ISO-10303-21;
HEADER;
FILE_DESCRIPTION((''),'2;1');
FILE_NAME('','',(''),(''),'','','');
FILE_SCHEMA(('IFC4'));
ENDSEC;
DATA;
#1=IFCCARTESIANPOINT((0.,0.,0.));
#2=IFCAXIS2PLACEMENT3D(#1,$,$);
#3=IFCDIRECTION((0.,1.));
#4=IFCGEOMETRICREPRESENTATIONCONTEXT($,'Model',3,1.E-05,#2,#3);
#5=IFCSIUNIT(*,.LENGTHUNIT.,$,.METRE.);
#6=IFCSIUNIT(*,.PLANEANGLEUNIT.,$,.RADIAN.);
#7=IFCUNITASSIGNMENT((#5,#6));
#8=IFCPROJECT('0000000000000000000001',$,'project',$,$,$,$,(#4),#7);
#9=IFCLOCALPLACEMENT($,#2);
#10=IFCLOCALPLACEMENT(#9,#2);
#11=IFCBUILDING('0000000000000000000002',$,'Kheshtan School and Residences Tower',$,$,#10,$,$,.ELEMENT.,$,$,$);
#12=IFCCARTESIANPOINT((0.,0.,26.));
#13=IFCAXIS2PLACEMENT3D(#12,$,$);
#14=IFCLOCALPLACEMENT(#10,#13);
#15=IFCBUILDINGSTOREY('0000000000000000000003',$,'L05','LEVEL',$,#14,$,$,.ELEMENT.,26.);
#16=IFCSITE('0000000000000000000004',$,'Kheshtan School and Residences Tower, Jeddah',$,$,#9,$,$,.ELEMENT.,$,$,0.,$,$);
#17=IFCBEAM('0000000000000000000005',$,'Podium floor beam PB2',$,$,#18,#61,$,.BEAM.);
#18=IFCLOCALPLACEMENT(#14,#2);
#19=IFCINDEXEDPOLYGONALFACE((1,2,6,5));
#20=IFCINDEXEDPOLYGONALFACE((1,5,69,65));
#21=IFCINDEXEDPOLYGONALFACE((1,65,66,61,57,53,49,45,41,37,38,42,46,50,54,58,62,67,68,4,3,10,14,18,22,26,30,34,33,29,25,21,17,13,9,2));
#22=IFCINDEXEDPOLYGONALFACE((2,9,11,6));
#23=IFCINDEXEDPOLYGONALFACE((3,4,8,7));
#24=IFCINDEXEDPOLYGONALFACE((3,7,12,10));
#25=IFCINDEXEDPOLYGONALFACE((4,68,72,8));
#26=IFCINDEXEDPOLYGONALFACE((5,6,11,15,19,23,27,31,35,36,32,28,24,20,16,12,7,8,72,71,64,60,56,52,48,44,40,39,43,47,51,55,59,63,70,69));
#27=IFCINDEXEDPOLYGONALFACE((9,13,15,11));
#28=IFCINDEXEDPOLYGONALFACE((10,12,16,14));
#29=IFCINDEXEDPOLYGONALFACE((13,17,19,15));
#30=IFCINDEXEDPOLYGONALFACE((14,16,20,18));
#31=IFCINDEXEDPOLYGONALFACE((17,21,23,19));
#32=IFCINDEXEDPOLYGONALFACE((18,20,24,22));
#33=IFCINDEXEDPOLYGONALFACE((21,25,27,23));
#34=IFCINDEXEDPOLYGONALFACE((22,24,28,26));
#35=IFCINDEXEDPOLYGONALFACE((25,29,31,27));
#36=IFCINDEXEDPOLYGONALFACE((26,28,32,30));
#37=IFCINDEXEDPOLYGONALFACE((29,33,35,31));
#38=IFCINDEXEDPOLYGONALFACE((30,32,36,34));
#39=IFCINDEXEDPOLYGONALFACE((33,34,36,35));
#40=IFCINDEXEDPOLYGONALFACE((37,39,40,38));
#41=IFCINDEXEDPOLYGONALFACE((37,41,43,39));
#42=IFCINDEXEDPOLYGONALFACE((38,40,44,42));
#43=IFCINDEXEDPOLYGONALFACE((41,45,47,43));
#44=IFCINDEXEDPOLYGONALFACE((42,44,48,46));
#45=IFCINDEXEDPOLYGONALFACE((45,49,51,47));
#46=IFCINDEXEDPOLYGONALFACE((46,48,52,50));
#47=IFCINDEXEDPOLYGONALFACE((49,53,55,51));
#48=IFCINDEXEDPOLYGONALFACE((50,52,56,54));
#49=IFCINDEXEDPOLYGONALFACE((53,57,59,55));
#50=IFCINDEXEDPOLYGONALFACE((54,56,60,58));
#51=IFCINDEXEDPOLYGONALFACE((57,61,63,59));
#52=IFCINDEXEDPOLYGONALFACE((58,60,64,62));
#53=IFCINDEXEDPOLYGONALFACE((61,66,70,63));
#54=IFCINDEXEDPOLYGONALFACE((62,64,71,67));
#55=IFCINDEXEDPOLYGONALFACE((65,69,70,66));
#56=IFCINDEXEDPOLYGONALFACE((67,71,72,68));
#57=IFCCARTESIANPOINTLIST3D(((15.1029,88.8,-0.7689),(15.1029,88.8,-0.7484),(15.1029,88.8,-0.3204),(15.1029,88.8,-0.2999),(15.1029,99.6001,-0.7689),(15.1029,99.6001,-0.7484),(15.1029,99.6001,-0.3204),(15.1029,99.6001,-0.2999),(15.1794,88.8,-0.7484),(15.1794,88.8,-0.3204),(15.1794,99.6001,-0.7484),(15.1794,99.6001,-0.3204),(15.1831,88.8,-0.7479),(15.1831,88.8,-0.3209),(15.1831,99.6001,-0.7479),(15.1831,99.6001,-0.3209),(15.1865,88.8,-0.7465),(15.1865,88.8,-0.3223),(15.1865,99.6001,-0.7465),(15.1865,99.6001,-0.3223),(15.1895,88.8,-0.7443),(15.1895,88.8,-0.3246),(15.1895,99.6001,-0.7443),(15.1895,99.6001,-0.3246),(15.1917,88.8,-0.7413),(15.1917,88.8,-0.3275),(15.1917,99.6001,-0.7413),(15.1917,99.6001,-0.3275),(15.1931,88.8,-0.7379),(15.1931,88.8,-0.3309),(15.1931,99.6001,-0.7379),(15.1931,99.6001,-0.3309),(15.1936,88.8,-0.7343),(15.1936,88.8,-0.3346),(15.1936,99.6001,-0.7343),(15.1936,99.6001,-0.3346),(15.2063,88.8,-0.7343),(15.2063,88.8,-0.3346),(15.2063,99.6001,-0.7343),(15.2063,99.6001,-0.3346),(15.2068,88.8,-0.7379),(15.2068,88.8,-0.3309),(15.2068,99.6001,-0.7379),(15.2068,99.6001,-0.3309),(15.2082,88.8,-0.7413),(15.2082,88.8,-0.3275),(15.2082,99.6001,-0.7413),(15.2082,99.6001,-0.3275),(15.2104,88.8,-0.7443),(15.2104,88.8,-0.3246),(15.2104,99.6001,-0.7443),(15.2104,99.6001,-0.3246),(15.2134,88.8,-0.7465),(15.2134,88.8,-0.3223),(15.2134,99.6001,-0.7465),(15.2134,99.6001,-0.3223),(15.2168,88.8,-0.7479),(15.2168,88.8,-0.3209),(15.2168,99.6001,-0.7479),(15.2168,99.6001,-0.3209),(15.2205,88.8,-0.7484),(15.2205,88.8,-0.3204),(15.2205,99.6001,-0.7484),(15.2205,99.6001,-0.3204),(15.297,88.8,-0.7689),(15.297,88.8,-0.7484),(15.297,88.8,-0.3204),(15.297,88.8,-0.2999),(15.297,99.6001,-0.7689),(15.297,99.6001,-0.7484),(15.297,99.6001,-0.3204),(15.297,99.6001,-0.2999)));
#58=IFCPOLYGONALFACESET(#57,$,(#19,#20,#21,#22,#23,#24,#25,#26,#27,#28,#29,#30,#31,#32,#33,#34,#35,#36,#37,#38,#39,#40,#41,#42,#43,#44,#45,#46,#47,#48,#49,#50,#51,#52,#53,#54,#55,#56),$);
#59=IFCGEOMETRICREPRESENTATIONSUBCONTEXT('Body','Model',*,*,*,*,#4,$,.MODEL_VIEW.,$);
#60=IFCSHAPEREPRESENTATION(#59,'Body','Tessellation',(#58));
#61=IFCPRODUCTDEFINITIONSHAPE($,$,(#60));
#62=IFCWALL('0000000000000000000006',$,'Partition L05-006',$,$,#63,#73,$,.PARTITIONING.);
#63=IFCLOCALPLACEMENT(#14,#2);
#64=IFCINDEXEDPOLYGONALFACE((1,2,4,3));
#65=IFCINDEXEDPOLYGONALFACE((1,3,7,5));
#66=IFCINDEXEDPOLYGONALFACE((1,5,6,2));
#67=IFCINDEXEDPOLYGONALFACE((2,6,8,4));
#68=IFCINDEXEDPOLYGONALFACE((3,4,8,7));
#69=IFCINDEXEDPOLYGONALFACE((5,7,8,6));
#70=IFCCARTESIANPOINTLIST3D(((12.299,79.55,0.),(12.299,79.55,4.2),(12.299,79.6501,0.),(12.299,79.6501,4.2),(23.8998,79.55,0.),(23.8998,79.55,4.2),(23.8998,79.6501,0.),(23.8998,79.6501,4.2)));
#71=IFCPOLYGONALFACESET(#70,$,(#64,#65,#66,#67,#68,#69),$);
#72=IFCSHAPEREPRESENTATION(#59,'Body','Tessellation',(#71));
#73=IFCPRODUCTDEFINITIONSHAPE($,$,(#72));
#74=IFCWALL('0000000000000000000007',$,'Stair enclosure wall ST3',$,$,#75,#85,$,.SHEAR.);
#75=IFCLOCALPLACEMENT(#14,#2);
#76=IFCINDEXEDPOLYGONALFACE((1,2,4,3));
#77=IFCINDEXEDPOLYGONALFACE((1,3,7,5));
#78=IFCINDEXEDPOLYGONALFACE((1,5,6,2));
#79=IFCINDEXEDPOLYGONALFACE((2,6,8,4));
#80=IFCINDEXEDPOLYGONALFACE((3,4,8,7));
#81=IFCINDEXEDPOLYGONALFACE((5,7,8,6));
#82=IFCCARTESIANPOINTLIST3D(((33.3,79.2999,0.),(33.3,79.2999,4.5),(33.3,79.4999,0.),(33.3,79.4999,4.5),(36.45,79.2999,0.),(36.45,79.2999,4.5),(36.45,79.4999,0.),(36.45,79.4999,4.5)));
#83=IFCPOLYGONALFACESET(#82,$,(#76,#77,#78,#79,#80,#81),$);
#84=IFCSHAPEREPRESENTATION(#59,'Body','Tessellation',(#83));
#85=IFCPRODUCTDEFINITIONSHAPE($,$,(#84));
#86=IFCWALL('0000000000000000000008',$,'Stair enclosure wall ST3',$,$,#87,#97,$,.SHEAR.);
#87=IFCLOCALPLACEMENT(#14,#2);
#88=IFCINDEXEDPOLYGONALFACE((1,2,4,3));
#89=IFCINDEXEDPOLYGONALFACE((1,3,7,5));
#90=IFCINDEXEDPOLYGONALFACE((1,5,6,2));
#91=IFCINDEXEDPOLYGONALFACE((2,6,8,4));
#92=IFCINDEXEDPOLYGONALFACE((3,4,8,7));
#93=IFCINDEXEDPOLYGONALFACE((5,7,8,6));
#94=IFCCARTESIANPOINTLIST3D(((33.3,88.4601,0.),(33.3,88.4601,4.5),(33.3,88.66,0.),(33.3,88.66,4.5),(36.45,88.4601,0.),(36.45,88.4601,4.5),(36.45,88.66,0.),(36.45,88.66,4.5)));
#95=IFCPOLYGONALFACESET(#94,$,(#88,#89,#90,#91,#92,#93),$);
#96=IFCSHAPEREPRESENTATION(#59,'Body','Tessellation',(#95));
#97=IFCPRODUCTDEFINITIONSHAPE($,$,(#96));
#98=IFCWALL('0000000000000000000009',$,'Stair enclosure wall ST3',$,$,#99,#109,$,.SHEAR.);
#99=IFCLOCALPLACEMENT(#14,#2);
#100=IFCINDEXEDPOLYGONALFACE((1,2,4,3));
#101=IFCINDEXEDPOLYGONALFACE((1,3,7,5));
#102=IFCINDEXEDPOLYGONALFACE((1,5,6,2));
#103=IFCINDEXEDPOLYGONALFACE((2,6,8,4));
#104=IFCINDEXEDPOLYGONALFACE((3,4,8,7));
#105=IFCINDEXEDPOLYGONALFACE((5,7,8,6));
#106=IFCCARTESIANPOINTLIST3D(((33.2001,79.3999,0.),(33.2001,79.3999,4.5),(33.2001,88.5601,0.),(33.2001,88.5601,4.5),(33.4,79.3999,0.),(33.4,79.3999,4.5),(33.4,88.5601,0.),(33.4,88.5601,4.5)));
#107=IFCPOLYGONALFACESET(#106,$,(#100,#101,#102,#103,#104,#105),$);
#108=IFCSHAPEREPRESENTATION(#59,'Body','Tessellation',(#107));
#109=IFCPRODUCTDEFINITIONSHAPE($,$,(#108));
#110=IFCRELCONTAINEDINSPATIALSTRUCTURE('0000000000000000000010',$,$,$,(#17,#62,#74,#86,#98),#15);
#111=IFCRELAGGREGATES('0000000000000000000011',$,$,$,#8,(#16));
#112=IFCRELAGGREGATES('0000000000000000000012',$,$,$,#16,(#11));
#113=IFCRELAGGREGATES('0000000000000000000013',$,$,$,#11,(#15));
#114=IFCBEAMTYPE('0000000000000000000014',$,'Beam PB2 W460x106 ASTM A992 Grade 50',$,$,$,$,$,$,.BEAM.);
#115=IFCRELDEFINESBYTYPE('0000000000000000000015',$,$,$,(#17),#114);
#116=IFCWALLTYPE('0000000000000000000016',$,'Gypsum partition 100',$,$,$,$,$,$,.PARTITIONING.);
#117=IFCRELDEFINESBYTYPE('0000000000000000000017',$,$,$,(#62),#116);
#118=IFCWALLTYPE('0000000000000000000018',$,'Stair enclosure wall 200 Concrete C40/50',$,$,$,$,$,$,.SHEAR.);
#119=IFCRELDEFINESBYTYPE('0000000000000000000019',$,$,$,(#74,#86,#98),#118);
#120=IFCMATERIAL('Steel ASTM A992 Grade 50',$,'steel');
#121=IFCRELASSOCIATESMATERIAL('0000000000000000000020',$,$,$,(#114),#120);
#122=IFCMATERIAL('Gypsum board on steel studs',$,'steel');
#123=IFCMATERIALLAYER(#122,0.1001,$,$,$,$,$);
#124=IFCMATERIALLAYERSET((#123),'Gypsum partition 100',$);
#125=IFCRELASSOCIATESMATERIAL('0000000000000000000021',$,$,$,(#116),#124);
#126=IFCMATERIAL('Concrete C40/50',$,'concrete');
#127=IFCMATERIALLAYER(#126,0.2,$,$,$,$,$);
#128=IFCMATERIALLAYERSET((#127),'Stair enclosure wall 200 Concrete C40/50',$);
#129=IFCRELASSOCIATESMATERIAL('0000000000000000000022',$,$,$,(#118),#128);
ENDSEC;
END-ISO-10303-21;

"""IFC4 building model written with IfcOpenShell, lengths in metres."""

from ifc_helpers import new_model, si_unit, direction, frame, frame_2d, origin, origin_2d, place, context, subcontext, project, spatial, rectangle, i_section, extrude, material, layer, layer_set, material_profile, profile_set, type_object, element, save


model = new_model("IFC4")

# Units and contexts
model_context = context("Model", 3, precision=1e-05, world=origin(), true_north=direction((0.0, 1.0)))
body_context = subcontext(model_context, "Body", "Model", "MODEL_VIEW")
ifc_project = project(units=[si_unit("LENGTHUNIT", "METRE"), si_unit("PLANEANGLEUNIT", "RADIAN")], contexts=[model_context])

# Site, building, storey
site_placement = place(None, origin())
site = spatial("IfcSite", under=ifc_project, at=site_placement, Name="Kheshtan School and Residences Tower, Jeddah", CompositionType="ELEMENT", RefElevation=0.0)
building_placement = place(site_placement, origin())
building = spatial("IfcBuilding", under=site, at=building_placement, Name="Kheshtan School and Residences Tower", CompositionType="ELEMENT")
storey_placement = place(building_placement, frame((0.0, 0.0, 26.0)))
storey = spatial("IfcBuildingStorey", under=building, at=storey_placement, Name="L05", Description="LEVEL", CompositionType="ELEMENT", Elevation=26.0)

# Shared definitions
ifc_material_1 = material(Name="Steel ASTM A992 Grade 50", Category="steel")

# Beam
ifc_material_profile_1 = material_profile(ifc_material_1, i_section(OverallWidth=0.1941, OverallDepth=0.469, WebThickness=0.0127, FlangeThickness=0.0205, FilletRadius=0.0142, at=origin_2d()), Name="W460x106")
ifc_profile_set_1 = profile_set([ifc_material_profile_1], Name="Steel ASTM A992 Grade 50")
beam_type_1 = type_object("IfcBeamType", Name="Beam PB2 W460x106 ASTM A992 Grade 50", PredefinedType="BEAM", material=ifc_profile_set_1)
beam_1_placement = place(storey_placement, frame((15.2, 88.8, -0.5344), z_axis=(0.0, 1.0, 0.0), x_axis=(-1.0, 0.0, 0.0)))
element("IfcBeam", 1, at=beam_1_placement, inside=storey, type_object=beam_type_1, Name="Podium floor beam PB2", PredefinedType="BEAM", context=body_context, shape_type="SweptSolid", body=[
    extrude(i_section(OverallWidth=0.1941, OverallDepth=0.469, WebThickness=0.0127, FlangeThickness=0.0205, FilletRadius=0.0142, at=origin_2d()), origin(), (0.0, 0.0, 1.0), 10.8),
])

# Walls
ifc_material_2 = material(Name="Gypsum board on steel studs", Category="steel")
ifc_layer_1 = layer(ifc_material_2, 0.1001)
ifc_layer_set_1 = layer_set([ifc_layer_1], Name="Gypsum partition 100")
wall_type_1 = type_object("IfcWallType", Name="Gypsum partition 100", PredefinedType="PARTITIONING", material=ifc_layer_set_1)
wall_1_placement = place(storey_placement, frame((12.2991, 79.6001, 0.0), z_axis=(0.0, 0.0, 1.0), x_axis=(1.0, 0.0, 0.0)))
element("IfcWall", 2, at=wall_1_placement, inside=storey, type_object=wall_type_1, Name="Partition L05-006", PredefinedType="PARTITIONING", context=body_context, shape_type="SweptSolid", body=[
    extrude(rectangle(XDim=11.6008, YDim=0.1001, at=frame_2d((5.8003, 0.0))), origin(), (0.0, 0.0, 1.0), 4.2),
])
ifc_material_3 = material(Name="Concrete C40/50", Category="concrete")
ifc_layer_2 = layer(ifc_material_3, 0.2)
ifc_layer_set_2 = layer_set([ifc_layer_2], Name="Stair enclosure wall 200 Concrete C40/50")
wall_type_2 = type_object("IfcWallType", Name="Stair enclosure wall 200 Concrete C40/50", PredefinedType="SHEAR", material=ifc_layer_set_2)
for number, where, z_axis, x_axis, name in (
    (3, (33.3, 79.3999, 0.0), (0.0, 0.0, 1.0), (1.0, 0.0, 0.0), "Stair enclosure wall ST3"),
    (4, (33.3, 88.5601, 0.0), (0.0, 0.0, 1.0), (1.0, 0.0, 0.0), "Stair enclosure wall ST3"),
):
    element("IfcWall", number, at=place(storey_placement, frame(where, z_axis=z_axis, x_axis=x_axis)), inside=storey, type_object=wall_type_2, Name=name, PredefinedType="SHEAR", context=body_context, shape_type="SweptSolid", body=[
        extrude(rectangle(XDim=3.1499, YDim=0.2, at=frame_2d((1.575, 0.0))), origin(), (0.0, 0.0, 1.0), 4.5),
    ])
wall_2_placement = place(storey_placement, frame((33.3, 79.3999, 0.0), z_axis=(0.0, 0.0, 1.0), x_axis=(0.0, 1.0, 0.0)))
element("IfcWall", 5, at=wall_2_placement, inside=storey, type_object=wall_type_2, Name="Stair enclosure wall ST3", PredefinedType="SHEAR", context=body_context, shape_type="SweptSolid", body=[
    extrude(rectangle(XDim=9.1602, YDim=0.2, at=frame_2d((4.5801, 0.0))), origin(), (0.0, 0.0, 1.0), 4.5),
])

save(model, "model.ifc")
